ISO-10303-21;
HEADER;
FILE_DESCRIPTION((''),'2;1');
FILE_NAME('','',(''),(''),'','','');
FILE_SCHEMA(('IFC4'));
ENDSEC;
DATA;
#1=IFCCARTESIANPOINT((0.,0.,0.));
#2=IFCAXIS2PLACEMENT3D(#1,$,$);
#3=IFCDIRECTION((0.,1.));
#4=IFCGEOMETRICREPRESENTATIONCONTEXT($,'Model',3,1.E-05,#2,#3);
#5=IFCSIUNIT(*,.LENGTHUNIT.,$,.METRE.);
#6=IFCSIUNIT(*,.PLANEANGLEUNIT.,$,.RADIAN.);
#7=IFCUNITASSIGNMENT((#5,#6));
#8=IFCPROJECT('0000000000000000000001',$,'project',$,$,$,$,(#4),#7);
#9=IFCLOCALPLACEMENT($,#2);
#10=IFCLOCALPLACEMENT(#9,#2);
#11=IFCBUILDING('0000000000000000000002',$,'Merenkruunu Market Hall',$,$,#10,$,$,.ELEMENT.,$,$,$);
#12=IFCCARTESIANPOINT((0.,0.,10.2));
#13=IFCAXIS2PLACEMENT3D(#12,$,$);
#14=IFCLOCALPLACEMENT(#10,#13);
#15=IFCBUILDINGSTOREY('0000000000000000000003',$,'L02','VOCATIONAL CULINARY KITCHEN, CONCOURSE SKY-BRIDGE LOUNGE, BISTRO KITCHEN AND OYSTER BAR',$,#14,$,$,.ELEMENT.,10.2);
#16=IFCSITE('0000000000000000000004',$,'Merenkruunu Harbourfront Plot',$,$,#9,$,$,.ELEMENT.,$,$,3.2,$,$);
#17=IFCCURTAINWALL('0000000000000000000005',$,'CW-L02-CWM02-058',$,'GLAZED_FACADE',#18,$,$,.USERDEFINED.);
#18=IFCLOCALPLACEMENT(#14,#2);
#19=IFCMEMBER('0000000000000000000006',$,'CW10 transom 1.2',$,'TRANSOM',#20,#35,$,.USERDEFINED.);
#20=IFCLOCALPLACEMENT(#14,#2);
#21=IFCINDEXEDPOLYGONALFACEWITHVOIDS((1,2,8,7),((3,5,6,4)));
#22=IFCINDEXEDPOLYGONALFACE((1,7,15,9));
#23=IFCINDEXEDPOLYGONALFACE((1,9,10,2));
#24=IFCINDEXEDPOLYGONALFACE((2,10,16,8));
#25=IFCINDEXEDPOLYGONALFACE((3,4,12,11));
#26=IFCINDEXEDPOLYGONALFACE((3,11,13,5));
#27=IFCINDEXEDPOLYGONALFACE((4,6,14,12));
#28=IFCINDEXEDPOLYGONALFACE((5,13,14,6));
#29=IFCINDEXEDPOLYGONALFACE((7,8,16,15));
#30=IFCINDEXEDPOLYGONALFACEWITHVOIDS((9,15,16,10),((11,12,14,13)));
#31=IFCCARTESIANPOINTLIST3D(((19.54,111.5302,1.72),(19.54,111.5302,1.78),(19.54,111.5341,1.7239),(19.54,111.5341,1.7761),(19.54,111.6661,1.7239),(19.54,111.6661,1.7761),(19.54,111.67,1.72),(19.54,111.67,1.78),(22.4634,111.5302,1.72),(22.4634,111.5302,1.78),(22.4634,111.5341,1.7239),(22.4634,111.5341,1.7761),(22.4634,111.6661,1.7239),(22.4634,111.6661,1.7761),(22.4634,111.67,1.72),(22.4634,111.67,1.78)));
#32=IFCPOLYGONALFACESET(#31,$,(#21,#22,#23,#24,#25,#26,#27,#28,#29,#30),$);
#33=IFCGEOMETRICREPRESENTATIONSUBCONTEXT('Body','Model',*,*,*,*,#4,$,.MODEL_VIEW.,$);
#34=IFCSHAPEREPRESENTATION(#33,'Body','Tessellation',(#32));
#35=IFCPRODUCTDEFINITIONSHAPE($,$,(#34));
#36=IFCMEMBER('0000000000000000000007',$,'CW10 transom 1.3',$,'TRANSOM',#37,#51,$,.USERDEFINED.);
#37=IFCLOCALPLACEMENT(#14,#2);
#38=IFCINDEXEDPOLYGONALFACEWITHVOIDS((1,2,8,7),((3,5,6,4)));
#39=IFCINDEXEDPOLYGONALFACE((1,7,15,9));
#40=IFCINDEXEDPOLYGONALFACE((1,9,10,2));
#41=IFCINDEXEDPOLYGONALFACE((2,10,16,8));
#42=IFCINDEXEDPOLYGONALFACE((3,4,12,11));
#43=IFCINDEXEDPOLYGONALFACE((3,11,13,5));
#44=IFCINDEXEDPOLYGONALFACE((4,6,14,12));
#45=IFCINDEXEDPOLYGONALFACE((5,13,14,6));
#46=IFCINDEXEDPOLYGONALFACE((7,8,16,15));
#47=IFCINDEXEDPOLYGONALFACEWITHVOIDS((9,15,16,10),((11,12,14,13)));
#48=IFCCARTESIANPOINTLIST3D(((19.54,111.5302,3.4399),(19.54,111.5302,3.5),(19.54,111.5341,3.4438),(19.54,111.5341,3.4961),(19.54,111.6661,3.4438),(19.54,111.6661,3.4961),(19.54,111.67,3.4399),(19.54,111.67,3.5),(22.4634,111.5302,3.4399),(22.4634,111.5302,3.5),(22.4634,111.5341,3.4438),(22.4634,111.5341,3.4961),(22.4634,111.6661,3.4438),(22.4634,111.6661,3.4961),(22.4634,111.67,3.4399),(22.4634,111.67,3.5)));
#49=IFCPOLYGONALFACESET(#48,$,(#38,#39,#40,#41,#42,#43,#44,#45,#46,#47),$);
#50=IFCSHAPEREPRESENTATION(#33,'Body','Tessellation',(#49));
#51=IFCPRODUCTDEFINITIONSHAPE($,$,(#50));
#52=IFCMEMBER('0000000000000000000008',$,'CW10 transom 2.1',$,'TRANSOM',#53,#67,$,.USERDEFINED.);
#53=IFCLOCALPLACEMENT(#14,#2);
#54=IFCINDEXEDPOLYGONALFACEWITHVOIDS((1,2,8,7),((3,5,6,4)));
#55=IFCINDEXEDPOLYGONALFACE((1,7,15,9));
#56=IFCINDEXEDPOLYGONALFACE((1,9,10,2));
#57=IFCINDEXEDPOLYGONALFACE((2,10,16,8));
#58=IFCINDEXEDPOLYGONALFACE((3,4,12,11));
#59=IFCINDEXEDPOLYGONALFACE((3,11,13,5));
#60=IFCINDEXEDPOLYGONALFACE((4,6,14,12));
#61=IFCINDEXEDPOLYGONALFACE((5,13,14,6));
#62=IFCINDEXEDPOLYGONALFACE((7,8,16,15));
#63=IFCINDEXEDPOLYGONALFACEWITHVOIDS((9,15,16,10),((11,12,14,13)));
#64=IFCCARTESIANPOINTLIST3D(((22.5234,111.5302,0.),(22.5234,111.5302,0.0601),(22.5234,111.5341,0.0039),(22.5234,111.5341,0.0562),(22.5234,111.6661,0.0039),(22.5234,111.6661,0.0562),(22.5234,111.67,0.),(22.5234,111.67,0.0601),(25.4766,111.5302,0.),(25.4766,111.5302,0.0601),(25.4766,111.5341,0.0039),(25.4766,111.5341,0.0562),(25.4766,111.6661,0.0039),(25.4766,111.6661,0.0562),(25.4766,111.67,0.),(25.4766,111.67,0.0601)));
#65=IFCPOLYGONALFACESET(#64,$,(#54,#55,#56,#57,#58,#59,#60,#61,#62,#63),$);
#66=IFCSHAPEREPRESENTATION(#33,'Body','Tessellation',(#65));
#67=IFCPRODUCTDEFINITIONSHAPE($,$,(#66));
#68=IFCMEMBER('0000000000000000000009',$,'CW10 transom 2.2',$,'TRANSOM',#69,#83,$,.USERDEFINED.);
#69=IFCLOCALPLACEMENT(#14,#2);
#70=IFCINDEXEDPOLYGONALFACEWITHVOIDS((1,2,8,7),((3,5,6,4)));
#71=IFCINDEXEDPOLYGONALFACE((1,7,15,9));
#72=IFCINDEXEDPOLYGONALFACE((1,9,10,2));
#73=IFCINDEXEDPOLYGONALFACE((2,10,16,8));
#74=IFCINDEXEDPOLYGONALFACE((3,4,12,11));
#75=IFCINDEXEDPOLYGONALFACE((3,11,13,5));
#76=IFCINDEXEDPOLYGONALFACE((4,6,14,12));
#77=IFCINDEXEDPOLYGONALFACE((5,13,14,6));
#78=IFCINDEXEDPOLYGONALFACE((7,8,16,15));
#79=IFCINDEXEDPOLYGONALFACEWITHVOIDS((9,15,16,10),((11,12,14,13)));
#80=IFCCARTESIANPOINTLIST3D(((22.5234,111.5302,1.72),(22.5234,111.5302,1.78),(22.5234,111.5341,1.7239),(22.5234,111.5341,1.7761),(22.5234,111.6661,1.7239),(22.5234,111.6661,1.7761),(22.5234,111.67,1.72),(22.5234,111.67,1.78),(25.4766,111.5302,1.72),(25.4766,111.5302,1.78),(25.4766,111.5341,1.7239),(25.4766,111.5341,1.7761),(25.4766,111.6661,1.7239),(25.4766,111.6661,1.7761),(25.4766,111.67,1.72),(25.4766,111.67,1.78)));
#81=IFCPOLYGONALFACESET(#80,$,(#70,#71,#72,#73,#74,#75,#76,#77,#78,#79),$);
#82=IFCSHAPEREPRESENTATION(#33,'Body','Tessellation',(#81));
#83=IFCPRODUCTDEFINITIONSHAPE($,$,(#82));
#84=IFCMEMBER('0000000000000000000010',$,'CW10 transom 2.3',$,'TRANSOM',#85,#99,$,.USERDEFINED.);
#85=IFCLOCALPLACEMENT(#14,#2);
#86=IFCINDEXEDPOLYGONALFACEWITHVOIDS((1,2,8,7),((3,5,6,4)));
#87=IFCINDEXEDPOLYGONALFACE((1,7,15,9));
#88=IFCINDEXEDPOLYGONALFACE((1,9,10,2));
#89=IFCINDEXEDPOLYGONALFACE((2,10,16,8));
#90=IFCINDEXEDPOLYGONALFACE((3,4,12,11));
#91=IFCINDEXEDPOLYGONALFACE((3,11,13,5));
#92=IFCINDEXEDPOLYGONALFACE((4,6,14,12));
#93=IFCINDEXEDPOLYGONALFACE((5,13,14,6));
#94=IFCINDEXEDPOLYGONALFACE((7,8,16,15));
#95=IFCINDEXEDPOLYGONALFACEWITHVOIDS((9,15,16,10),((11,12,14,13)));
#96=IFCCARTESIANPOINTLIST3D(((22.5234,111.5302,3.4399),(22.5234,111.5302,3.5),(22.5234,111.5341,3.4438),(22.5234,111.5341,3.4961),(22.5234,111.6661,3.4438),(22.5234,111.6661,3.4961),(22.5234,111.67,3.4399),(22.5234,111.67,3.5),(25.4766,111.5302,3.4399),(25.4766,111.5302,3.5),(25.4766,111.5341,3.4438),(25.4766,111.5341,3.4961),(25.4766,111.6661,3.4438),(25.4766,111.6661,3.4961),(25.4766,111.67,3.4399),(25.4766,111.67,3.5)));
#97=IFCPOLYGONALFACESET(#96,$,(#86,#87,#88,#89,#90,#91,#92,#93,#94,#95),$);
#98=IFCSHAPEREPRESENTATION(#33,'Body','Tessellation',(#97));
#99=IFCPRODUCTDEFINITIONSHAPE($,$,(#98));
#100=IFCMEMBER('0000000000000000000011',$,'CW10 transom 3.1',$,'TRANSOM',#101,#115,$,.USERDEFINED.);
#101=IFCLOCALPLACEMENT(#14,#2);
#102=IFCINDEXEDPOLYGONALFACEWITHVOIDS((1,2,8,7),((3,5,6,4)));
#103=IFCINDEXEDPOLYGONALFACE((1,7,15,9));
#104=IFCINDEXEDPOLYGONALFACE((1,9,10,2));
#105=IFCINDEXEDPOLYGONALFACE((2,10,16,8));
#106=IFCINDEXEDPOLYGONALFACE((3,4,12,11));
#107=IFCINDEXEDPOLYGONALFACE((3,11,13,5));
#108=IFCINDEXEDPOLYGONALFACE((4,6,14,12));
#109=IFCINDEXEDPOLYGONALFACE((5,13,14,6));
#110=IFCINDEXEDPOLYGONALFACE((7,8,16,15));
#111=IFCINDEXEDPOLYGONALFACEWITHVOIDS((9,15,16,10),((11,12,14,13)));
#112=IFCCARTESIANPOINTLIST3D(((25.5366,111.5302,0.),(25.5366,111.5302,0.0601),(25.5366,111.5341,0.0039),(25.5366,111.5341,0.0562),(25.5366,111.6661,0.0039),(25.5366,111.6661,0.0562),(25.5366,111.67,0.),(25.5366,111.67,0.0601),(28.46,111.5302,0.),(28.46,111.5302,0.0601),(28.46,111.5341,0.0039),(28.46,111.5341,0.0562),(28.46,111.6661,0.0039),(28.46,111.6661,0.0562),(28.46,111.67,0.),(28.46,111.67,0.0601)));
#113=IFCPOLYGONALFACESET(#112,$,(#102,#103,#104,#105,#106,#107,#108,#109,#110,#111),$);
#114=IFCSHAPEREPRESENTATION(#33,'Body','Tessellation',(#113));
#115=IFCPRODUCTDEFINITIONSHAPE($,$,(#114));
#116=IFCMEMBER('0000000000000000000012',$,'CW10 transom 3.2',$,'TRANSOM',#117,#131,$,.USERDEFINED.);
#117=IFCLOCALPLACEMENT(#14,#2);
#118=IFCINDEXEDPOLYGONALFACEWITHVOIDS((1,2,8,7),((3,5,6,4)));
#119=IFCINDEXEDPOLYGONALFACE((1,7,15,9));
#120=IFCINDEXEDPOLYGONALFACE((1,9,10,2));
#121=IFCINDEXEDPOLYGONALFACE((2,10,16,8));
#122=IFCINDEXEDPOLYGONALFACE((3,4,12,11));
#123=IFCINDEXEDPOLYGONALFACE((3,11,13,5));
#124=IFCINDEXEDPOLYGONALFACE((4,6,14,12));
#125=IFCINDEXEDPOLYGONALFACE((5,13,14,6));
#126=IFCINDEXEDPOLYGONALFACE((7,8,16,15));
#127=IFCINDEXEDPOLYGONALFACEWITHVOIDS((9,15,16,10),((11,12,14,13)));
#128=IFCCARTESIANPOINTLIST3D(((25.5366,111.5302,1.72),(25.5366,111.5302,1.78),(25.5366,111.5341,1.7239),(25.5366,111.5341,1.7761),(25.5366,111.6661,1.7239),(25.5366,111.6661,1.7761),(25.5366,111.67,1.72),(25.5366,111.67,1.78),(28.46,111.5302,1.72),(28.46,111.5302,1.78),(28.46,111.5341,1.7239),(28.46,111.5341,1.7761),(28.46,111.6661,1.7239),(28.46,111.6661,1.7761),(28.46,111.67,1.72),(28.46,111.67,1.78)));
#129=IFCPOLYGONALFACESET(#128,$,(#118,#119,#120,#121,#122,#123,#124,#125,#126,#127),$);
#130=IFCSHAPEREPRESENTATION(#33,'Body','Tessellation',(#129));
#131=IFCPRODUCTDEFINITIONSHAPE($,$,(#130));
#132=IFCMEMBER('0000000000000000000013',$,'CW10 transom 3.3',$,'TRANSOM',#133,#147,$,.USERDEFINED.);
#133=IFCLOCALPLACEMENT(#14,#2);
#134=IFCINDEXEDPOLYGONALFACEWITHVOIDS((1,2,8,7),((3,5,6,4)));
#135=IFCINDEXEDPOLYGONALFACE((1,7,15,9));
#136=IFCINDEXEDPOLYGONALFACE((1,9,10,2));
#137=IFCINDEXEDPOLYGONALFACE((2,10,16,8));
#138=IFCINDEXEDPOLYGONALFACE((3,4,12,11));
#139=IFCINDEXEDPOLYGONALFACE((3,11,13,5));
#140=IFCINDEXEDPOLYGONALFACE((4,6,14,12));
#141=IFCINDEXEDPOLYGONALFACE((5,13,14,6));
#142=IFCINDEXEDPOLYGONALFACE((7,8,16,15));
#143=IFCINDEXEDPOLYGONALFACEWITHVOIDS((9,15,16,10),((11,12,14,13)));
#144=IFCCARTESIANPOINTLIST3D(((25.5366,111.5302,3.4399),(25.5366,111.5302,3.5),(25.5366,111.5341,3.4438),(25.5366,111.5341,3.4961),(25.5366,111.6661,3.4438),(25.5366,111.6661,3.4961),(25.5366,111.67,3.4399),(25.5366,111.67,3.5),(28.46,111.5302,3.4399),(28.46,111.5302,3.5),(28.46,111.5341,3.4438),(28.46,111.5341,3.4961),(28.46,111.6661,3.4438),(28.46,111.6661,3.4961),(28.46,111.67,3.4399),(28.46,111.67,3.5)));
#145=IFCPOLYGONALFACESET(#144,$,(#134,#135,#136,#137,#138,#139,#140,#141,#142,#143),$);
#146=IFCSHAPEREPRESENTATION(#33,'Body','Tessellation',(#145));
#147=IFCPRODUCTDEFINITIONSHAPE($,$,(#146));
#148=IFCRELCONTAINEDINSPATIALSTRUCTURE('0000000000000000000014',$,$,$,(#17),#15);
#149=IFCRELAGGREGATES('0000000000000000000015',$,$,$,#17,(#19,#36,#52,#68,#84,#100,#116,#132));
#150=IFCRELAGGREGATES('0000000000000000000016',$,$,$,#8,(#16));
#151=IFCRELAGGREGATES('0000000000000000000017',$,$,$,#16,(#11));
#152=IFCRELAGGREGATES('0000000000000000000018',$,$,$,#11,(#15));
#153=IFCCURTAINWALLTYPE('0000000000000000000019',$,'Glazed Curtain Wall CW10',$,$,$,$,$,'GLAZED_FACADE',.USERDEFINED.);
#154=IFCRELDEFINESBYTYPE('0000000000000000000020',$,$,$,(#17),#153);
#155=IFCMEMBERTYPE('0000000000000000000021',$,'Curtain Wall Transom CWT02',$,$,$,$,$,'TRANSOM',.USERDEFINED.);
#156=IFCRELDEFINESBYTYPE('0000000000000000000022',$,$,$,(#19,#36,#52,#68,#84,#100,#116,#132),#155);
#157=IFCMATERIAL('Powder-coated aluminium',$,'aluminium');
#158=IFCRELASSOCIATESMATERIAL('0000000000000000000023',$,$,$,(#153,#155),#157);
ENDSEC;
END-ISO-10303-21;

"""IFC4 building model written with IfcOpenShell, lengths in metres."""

from ifc_helpers import new_model, si_unit, direction, frame, origin, origin_2d, place, context, subcontext, project, spatial, hollow_rectangle, extrude, material, material_profile, profile_set, type_object, element, aggregate, save


model = new_model("IFC4")

# Units and contexts
model_context = context("Model", 3, precision=1e-05, world=origin(), true_north=direction((0.0, 1.0)))
body_context = subcontext(model_context, "Body", "Model", "MODEL_VIEW")
ifc_project = project(units=[si_unit("LENGTHUNIT", "METRE"), si_unit("PLANEANGLEUNIT", "RADIAN")], contexts=[model_context])

# Site, building, storey
site_placement = place(None, origin())
site = spatial("IfcSite", under=ifc_project, at=site_placement, Name="Merenkruunu Harbourfront Plot", CompositionType="ELEMENT", RefElevation=3.2)
building_placement = place(site_placement, origin())
building = spatial("IfcBuilding", under=site, at=building_placement, Name="Merenkruunu Market Hall", CompositionType="ELEMENT")
storey_placement = place(building_placement, frame((0.0, 0.0, 10.2)))
storey = spatial("IfcBuildingStorey", under=building, at=storey_placement, Name="L02", Description="VOCATIONAL CULINARY KITCHEN, CONCOURSE SKY-BRIDGE LOUNGE, BISTRO KITCHEN AND OYSTER BAR", CompositionType="ELEMENT", Elevation=10.2)

# Curtain wall, members
ifc_material_1 = material(Name="Powder-coated aluminium", Category="aluminium")
curtain_wall_type = type_object("IfcCurtainWallType", Name="Glazed Curtain Wall CW10", ElementType="GLAZED_FACADE", PredefinedType="USERDEFINED", material=ifc_material_1)
curtain_wall_placement = place(storey_placement, origin())
curtain_wall = element("IfcCurtainWall", 1, at=curtain_wall_placement, inside=storey, type_object=curtain_wall_type, Name="CW-L02-CWM02-058", ObjectType="GLAZED_FACADE", PredefinedType="USERDEFINED")
ifc_material_profile_1 = material_profile(ifc_material_1, hollow_rectangle(XDim=0.0601, YDim=0.1399, WallThickness=0.0039, at=origin_2d()), Name="ALU 60x140x4")
ifc_profile_set_1 = profile_set([ifc_material_profile_1], Name="Powder-coated aluminium")
member_type_1 = type_object("IfcMemberType", Name="Curtain Wall Transom CWT02", ElementType="TRANSOM", PredefinedType="USERDEFINED", material=ifc_profile_set_1)
member_1_placement = place(storey_placement, frame((19.54, 111.6001, 1.75), z_axis=(1.0, 0.0, 0.0), x_axis=(0.0, 0.0, 1.0)))
member_1 = element("IfcMember", 2, at=member_1_placement, type_object=member_type_1, Name="CW10 transom 1.2", ObjectType="TRANSOM", PredefinedType="USERDEFINED", context=body_context, shape_type="SweptSolid", body=[
    extrude(hollow_rectangle(XDim=0.0601, YDim=0.1399, WallThickness=0.0039, at=origin_2d()), origin(), (0.0, 0.0, 1.0), 2.9233),
])
member_2_placement = place(storey_placement, frame((19.54, 111.6001, 3.47), z_axis=(1.0, 0.0, 0.0), x_axis=(0.0, 0.0, 1.0)))
member_2 = element("IfcMember", 3, at=member_2_placement, type_object=member_type_1, Name="CW10 transom 1.3", ObjectType="TRANSOM", PredefinedType="USERDEFINED", context=body_context, shape_type="SweptSolid", body=[
    extrude(hollow_rectangle(XDim=0.0601, YDim=0.1399, WallThickness=0.0039, at=origin_2d()), origin(), (0.0, 0.0, 1.0), 2.9233),
])
member_3_placement = place(storey_placement, frame((22.5234, 111.6001, 0.03), z_axis=(1.0, 0.0, 0.0), x_axis=(0.0, 0.0, 1.0)))
member_3 = element("IfcMember", 4, at=member_3_placement, type_object=member_type_1, Name="CW10 transom 2.1", ObjectType="TRANSOM", PredefinedType="USERDEFINED", context=body_context, shape_type="SweptSolid", body=[
    extrude(hollow_rectangle(XDim=0.0601, YDim=0.1399, WallThickness=0.0039, at=origin_2d()), origin(), (0.0, 0.0, 1.0), 2.9531),
])
member_4_placement = place(storey_placement, frame((22.5234, 111.6001, 1.75), z_axis=(1.0, 0.0, 0.0), x_axis=(0.0, 0.0, 1.0)))
member_4 = element("IfcMember", 5, at=member_4_placement, type_object=member_type_1, Name="CW10 transom 2.2", ObjectType="TRANSOM", PredefinedType="USERDEFINED", context=body_context, shape_type="SweptSolid", body=[
    extrude(hollow_rectangle(XDim=0.0601, YDim=0.1399, WallThickness=0.0039, at=origin_2d()), origin(), (0.0, 0.0, 1.0), 2.9531),
])
member_5_placement = place(storey_placement, frame((22.5234, 111.6001, 3.47), z_axis=(1.0, 0.0, 0.0), x_axis=(0.0, 0.0, 1.0)))
member_5 = element("IfcMember", 6, at=member_5_placement, type_object=member_type_1, Name="CW10 transom 2.3", ObjectType="TRANSOM", PredefinedType="USERDEFINED", context=body_context, shape_type="SweptSolid", body=[
    extrude(hollow_rectangle(XDim=0.0601, YDim=0.1399, WallThickness=0.0039, at=origin_2d()), origin(), (0.0, 0.0, 1.0), 2.9531),
])
member_6_placement = place(storey_placement, frame((25.5366, 111.6001, 0.03), z_axis=(1.0, 0.0, 0.0), x_axis=(0.0, 0.0, 1.0)))
member_6 = element("IfcMember", 7, at=member_6_placement, type_object=member_type_1, Name="CW10 transom 3.1", ObjectType="TRANSOM", PredefinedType="USERDEFINED", context=body_context, shape_type="SweptSolid", body=[
    extrude(hollow_rectangle(XDim=0.0601, YDim=0.1399, WallThickness=0.0039, at=origin_2d()), origin(), (0.0, 0.0, 1.0), 2.9233),
])
member_7_placement = place(storey_placement, frame((25.5366, 111.6001, 1.75), z_axis=(1.0, 0.0, 0.0), x_axis=(0.0, 0.0, 1.0)))
member_7 = element("IfcMember", 8, at=member_7_placement, type_object=member_type_1, Name="CW10 transom 3.2", ObjectType="TRANSOM", PredefinedType="USERDEFINED", context=body_context, shape_type="SweptSolid", body=[
    extrude(hollow_rectangle(XDim=0.0601, YDim=0.1399, WallThickness=0.0039, at=origin_2d()), origin(), (0.0, 0.0, 1.0), 2.9233),
])
member_8_placement = place(storey_placement, frame((25.5366, 111.6001, 3.47), z_axis=(1.0, 0.0, 0.0), x_axis=(0.0, 0.0, 1.0)))
member_8 = element("IfcMember", 9, at=member_8_placement, type_object=member_type_1, Name="CW10 transom 3.3", ObjectType="TRANSOM", PredefinedType="USERDEFINED", context=body_context, shape_type="SweptSolid", body=[
    extrude(hollow_rectangle(XDim=0.0601, YDim=0.1399, WallThickness=0.0039, at=origin_2d()), origin(), (0.0, 0.0, 1.0), 2.9233),
])

aggregate(curtain_wall, [member_1, member_2, member_3, member_4, member_5, member_6, member_7, member_8])

save(model, "model.ifc")
